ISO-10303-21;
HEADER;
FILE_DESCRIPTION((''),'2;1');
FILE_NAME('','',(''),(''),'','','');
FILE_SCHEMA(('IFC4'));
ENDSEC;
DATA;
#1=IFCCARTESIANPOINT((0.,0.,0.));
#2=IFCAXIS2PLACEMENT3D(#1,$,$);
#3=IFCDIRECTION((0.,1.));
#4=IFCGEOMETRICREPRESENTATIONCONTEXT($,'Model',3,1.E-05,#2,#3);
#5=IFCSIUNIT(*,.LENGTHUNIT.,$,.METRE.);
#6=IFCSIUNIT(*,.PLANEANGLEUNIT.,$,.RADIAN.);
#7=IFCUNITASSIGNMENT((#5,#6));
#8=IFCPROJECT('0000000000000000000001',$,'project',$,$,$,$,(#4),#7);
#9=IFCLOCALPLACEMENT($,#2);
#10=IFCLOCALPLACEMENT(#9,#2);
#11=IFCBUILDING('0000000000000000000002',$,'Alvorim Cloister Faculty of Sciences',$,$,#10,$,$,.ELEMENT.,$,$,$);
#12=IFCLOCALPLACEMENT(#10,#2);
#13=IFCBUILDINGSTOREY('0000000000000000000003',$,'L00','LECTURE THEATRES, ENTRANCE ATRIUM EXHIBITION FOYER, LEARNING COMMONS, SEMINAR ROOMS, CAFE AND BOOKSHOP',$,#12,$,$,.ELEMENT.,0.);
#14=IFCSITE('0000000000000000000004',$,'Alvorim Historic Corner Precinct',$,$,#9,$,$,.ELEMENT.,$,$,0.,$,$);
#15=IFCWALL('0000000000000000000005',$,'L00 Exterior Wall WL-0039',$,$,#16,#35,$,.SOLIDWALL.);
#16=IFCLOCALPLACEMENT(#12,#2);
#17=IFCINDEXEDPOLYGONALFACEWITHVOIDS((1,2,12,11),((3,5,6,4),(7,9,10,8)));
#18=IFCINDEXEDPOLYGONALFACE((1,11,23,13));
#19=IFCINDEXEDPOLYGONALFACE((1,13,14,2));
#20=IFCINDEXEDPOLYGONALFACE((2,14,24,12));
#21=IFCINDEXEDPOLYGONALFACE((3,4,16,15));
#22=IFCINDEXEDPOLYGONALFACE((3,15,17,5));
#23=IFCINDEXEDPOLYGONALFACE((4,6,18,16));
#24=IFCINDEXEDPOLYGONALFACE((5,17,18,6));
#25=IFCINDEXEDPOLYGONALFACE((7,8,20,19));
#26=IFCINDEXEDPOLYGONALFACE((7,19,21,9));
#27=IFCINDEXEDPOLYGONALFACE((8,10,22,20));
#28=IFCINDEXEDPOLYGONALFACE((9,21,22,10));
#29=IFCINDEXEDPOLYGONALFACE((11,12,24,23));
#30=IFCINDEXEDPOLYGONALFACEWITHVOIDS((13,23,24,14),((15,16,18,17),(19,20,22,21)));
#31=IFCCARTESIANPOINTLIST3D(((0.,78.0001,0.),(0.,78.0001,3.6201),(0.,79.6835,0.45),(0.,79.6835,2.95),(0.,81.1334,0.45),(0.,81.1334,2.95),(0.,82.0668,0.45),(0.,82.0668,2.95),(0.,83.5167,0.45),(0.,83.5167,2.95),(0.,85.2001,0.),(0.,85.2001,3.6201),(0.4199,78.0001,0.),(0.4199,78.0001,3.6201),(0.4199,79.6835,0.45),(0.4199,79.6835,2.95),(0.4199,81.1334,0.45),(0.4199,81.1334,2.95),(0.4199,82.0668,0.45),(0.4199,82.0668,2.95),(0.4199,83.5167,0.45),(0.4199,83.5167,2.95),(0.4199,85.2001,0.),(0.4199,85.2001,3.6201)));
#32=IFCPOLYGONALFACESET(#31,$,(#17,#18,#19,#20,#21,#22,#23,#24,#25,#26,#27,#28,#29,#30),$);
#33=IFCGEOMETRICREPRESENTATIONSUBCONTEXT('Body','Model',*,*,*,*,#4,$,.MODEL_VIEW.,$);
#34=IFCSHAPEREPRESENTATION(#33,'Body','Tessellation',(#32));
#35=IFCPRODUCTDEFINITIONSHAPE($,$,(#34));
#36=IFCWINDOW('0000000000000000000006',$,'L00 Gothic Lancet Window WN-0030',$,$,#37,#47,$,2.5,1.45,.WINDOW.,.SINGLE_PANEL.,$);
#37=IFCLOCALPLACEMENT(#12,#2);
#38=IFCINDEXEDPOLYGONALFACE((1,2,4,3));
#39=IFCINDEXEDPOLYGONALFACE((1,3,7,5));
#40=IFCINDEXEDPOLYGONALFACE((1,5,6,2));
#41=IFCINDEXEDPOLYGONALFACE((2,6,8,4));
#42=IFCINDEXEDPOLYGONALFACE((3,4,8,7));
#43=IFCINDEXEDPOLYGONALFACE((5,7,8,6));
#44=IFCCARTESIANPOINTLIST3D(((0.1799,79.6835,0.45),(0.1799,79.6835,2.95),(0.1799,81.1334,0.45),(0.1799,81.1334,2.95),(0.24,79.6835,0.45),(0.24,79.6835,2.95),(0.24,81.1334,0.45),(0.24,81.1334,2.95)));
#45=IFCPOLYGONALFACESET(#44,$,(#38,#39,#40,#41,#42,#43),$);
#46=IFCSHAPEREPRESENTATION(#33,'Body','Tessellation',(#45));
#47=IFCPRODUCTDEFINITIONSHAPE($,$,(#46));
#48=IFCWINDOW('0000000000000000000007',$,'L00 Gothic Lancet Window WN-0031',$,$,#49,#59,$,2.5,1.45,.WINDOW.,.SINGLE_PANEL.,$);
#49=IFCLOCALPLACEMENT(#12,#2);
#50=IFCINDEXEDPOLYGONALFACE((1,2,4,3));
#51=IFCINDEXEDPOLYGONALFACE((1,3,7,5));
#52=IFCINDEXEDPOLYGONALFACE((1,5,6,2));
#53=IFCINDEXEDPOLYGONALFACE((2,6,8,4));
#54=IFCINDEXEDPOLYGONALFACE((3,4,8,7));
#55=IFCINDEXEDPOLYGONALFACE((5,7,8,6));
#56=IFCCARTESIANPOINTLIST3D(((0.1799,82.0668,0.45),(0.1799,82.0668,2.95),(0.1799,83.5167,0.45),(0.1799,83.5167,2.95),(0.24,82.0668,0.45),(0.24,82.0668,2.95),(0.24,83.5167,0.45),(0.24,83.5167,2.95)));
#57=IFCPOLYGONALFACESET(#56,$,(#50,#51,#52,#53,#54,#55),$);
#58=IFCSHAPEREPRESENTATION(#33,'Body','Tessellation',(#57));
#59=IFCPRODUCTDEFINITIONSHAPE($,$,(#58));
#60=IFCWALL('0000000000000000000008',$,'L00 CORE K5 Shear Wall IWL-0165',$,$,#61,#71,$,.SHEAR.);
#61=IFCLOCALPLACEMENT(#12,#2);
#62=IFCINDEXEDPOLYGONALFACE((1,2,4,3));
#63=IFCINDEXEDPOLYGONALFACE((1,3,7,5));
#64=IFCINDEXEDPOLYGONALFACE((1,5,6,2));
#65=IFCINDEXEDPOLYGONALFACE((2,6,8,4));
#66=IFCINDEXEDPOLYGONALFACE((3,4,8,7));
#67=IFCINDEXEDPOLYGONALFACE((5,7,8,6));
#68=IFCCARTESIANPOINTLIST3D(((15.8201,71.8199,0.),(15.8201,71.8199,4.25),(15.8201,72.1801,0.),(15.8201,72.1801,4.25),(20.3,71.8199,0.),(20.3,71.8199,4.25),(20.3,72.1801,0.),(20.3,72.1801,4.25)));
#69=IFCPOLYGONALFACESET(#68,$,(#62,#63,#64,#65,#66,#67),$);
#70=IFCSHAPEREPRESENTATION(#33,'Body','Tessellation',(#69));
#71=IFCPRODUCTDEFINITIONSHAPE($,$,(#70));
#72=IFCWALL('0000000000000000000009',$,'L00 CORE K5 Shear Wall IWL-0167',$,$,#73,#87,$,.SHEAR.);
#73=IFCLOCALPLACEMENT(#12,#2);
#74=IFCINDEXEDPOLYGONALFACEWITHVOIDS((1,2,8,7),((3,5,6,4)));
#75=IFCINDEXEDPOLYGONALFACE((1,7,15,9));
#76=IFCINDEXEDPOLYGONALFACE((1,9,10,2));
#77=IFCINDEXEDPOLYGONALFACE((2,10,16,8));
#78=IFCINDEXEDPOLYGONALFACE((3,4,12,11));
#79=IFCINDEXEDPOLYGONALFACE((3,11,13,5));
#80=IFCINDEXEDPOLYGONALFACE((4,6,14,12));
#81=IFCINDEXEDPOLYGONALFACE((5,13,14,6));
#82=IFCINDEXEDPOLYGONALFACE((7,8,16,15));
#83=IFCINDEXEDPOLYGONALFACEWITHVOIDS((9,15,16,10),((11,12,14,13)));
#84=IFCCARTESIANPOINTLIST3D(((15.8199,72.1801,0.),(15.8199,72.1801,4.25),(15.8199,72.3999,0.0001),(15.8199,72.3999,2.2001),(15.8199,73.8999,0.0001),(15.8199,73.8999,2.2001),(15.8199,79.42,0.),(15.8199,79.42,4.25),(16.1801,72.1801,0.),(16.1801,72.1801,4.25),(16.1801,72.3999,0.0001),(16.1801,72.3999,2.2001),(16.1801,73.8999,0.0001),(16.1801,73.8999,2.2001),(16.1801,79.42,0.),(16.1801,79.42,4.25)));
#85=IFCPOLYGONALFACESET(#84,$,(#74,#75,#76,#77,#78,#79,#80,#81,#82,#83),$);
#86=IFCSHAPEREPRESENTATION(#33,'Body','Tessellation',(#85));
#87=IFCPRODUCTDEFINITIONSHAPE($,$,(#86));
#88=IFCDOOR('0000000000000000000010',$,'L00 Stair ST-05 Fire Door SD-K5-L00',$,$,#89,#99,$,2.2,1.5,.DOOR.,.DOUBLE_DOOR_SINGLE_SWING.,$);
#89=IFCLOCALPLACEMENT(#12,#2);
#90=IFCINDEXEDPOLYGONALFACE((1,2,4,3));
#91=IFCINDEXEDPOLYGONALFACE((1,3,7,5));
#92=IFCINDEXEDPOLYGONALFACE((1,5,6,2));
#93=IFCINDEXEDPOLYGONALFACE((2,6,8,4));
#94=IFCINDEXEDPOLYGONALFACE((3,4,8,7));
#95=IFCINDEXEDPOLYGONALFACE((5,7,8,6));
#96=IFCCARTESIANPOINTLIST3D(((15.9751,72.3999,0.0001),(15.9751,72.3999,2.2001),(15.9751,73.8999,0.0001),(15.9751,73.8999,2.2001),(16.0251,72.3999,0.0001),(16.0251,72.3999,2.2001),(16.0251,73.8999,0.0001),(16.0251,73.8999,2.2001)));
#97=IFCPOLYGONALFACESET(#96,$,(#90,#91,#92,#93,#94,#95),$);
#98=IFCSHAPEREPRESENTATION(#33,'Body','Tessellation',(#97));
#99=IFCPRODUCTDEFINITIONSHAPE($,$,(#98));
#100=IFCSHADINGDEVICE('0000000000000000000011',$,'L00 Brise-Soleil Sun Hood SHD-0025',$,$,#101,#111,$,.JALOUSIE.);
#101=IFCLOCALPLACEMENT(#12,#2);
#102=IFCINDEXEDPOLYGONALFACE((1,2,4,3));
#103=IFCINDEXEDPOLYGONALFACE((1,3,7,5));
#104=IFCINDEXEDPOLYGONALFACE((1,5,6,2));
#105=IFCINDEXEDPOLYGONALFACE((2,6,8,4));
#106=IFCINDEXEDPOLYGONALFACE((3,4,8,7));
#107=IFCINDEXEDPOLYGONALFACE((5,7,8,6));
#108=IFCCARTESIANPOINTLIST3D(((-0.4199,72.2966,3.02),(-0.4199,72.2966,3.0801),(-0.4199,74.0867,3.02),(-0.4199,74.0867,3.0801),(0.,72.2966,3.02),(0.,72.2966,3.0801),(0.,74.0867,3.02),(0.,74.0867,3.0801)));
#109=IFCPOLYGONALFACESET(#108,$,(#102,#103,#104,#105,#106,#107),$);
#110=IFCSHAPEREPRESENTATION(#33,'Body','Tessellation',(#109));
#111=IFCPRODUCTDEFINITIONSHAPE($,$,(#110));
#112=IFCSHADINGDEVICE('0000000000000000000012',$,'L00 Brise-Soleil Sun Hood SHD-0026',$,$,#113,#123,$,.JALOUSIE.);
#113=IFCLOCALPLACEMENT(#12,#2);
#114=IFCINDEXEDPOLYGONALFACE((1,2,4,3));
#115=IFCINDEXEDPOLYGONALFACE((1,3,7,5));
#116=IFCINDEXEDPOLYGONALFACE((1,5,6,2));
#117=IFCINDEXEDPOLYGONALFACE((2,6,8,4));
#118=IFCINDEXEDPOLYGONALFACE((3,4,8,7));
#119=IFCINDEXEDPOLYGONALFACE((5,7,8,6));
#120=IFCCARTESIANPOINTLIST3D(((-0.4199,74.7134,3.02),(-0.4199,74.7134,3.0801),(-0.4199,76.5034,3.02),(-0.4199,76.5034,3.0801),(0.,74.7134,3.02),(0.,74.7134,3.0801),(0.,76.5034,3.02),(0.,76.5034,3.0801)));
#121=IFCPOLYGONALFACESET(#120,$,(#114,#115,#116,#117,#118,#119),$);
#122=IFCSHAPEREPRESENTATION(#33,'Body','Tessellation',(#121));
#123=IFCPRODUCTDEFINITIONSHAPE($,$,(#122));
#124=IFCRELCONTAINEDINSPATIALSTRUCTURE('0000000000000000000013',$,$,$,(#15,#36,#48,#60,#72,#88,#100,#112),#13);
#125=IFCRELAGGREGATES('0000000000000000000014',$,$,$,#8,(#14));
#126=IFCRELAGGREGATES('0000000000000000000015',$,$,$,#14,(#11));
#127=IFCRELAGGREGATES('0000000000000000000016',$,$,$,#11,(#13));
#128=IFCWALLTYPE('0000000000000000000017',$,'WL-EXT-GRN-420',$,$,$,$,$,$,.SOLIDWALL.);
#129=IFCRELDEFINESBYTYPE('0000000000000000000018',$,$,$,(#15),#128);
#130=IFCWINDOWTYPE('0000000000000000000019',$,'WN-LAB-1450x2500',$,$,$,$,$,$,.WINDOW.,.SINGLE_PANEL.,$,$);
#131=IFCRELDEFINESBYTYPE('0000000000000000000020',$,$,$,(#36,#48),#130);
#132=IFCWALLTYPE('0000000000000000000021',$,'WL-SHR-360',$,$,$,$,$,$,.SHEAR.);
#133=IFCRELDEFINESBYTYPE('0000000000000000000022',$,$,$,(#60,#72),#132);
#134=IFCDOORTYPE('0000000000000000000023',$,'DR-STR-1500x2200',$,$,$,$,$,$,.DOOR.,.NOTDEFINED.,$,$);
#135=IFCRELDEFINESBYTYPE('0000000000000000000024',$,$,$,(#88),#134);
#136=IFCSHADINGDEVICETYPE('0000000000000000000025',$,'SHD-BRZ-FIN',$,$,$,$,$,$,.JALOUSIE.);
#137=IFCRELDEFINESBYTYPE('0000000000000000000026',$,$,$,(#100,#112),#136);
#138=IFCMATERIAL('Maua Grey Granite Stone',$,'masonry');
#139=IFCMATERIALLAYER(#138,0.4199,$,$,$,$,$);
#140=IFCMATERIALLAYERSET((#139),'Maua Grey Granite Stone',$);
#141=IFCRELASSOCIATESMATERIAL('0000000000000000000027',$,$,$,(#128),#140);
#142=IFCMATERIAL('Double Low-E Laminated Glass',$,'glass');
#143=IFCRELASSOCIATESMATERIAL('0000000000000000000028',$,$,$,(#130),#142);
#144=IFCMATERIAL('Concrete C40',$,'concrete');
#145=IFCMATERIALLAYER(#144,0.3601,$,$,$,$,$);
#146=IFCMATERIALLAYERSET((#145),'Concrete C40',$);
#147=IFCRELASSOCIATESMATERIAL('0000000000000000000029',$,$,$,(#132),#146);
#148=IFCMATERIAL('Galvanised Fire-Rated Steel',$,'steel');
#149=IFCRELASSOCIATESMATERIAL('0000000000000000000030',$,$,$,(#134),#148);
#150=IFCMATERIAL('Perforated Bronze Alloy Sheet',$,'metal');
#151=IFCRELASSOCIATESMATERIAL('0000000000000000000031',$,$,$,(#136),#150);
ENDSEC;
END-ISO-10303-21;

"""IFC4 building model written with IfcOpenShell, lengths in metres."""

from ifc_helpers import new_model, si_unit, direction, frame, frame_2d, origin, origin_2d, place, context, subcontext, project, spatial, rectangle, extrude, material, layer, layer_set, type_object, element, fill, save


model = new_model("IFC4")

# Units and contexts
model_context = context("Model", 3, precision=1e-05, world=origin(), true_north=direction((0.0, 1.0)))
body_context = subcontext(model_context, "Body", "Model", "MODEL_VIEW")
ifc_project = project(units=[si_unit("LENGTHUNIT", "METRE"), si_unit("PLANEANGLEUNIT", "RADIAN")], contexts=[model_context])

# Site, building, storey
site_placement = place(None, origin())
site = spatial("IfcSite", under=ifc_project, at=site_placement, Name="Alvorim Historic Corner Precinct", CompositionType="ELEMENT", RefElevation=0.0)
building_placement = place(site_placement, origin())
building = spatial("IfcBuilding", under=site, at=building_placement, Name="Alvorim Cloister Faculty of Sciences", CompositionType="ELEMENT")
storey_placement = place(building_placement, origin())
storey = spatial("IfcBuildingStorey", under=building, at=storey_placement, Name="L00", Description="LECTURE THEATRES, ENTRANCE ATRIUM EXHIBITION FOYER, LEARNING COMMONS, SEMINAR ROOMS, CAFE AND BOOKSHOP", CompositionType="ELEMENT", Elevation=0.0)

# Shared definitions
ifc_material_1 = material(Name="Concrete C40", Category="concrete")
ifc_material_2 = material(Name="Maua Grey Granite Stone", Category="masonry")

# Wall, openings, windows
ifc_layer_1 = layer(ifc_material_2, 0.4199)
ifc_layer_set_1 = layer_set([ifc_layer_1], Name="Maua Grey Granite Stone")
wall_type_1 = type_object("IfcWallType", Name="WL-EXT-GRN-420", PredefinedType="SOLIDWALL", material=ifc_layer_set_1)
wall_1_placement = place(storey_placement, frame((0.21, 78.0, 0.0), z_axis=(0.0, 0.0, 1.0), x_axis=(0.0, 1.0, 0.0)))
wall_1 = element("IfcWall", 1, at=wall_1_placement, inside=storey, type_object=wall_type_1, Name="L00 Exterior Wall WL-0039", PredefinedType="SOLIDWALL", context=body_context, shape_type="SweptSolid", body=[
    extrude(rectangle(XDim=7.2, YDim=0.4199, at=frame_2d((3.6001, 0.0))), origin(), (0.0, 0.0, 1.0), 3.6201),
])
opening_1_placement = place(wall_1_placement, frame((1.6833, 0.0, 0.45)))
opening_1 = element("IfcOpeningElement", 2, at=opening_1_placement, cuts=wall_1, PredefinedType="OPENING", context=body_context, shape_type="SweptSolid", body=[
    extrude(rectangle(XDim=1.45, YDim=2.5, at=frame_2d((0.7251, 1.25))), frame((0.0, 0.2219, 0.0), z_axis=(0.0, -1.0, 0.0), x_axis=(1.0, 0.0, 0.0)), (0.0, 0.0, 1.0), 0.4438),
])
opening_2_placement = place(wall_1_placement, frame((4.0667, 0.0, 0.45)))
opening_2 = element("IfcOpeningElement", 3, at=opening_2_placement, cuts=wall_1, PredefinedType="OPENING", context=body_context, shape_type="SweptSolid", body=[
    extrude(rectangle(XDim=1.45, YDim=2.5, at=frame_2d((0.7251, 1.25))), frame((0.0, 0.2219, 0.0), z_axis=(0.0, -1.0, 0.0), x_axis=(1.0, 0.0, 0.0)), (0.0, 0.0, 1.0), 0.4438),
])
ifc_material_3 = material(Name="Double Low-E Laminated Glass", Category="glass")
window_type = type_object("IfcWindowType", Name="WN-LAB-1450x2500", PartitioningType="SINGLE_PANEL", PredefinedType="WINDOW", material=ifc_material_3)
window_1_placement = place(opening_1_placement, origin())
window_1 = element("IfcWindow", 4, at=window_1_placement, inside=storey, type_object=window_type, Name="L00 Gothic Lancet Window WN-0030", OverallHeight=2.5, OverallWidth=1.45, PartitioningType="SINGLE_PANEL", PredefinedType="WINDOW", context=body_context, shape_type="SweptSolid", body=[
    extrude(rectangle(XDim=1.45, YDim=2.5, at=frame_2d((0.7251, 1.25))), frame((0.0, 0.03, 0.0), z_axis=(0.0, -1.0, 0.0), x_axis=(1.0, 0.0, 0.0)), (0.0, 0.0, 1.0), 0.0601),
])
fill(opening_1, window_1)
window_2_placement = place(opening_2_placement, origin())
window_2 = element("IfcWindow", 5, at=window_2_placement, inside=storey, type_object=window_type, Name="L00 Gothic Lancet Window WN-0031", OverallHeight=2.5, OverallWidth=1.45, PartitioningType="SINGLE_PANEL", PredefinedType="WINDOW", context=body_context, shape_type="SweptSolid", body=[
    extrude(rectangle(XDim=1.45, YDim=2.5, at=frame_2d((0.7251, 1.25))), frame((0.0, 0.03, 0.0), z_axis=(0.0, -1.0, 0.0), x_axis=(1.0, 0.0, 0.0)), (0.0, 0.0, 1.0), 0.0601),
])
fill(opening_2, window_2)

# Wall
ifc_layer_2 = layer(ifc_material_1, 0.3601)
ifc_layer_set_2 = layer_set([ifc_layer_2], Name="Concrete C40")
wall_type_2 = type_object("IfcWallType", Name="WL-SHR-360", PredefinedType="SHEAR", material=ifc_layer_set_2)
wall_2_placement = place(storey_placement, frame((15.8201, 72.0, 0.0), z_axis=(0.0, 0.0, 1.0), x_axis=(1.0, 0.0, 0.0)))
element("IfcWall", 6, at=wall_2_placement, inside=storey, type_object=wall_type_2, Name="L00 CORE K5 Shear Wall IWL-0165", PredefinedType="SHEAR", context=body_context, shape_type="SweptSolid", body=[
    extrude(rectangle(XDim=4.48, YDim=0.3601, at=frame_2d((2.24, 0.0))), origin(), (0.0, 0.0, 1.0), 4.25),
])

# Wall, opening, door
wall_3_placement = place(storey_placement, frame((16.0, 72.1799, 0.0), z_axis=(0.0, 0.0, 1.0), x_axis=(0.0, 1.0, 0.0)))
wall_3 = element("IfcWall", 7, at=wall_3_placement, inside=storey, type_object=wall_type_2, Name="L00 CORE K5 Shear Wall IWL-0167", PredefinedType="SHEAR", context=body_context, shape_type="SweptSolid", body=[
    extrude(rectangle(XDim=7.24, YDim=0.3601, at=frame_2d((3.6201, 0.0))), origin(), (0.0, 0.0, 1.0), 4.25),
])
opening_3_placement = place(wall_3_placement, frame((0.22, 0.0, 0.0)))
opening_3 = element("IfcOpeningElement", 8, at=opening_3_placement, cuts=wall_3, PredefinedType="OPENING", context=body_context, shape_type="SweptSolid", body=[
    extrude(rectangle(XDim=1.5, YDim=2.2, at=frame_2d((0.75, 1.1001))), frame((0.0, 0.1919, 0.0), z_axis=(0.0, -1.0, 0.0), x_axis=(1.0, 0.0, 0.0)), (0.0, 0.0, 1.0), 0.384),
])
ifc_material_4 = material(Name="Galvanised Fire-Rated Steel", Category="steel")
door_type = type_object("IfcDoorType", Name="DR-STR-1500x2200", OperationType="NOTDEFINED", PredefinedType="DOOR", material=ifc_material_4)
door_placement = place(opening_3_placement, origin())
door = element("IfcDoor", 9, at=door_placement, inside=storey, type_object=door_type, Name="L00 Stair ST-05 Fire Door SD-K5-L00", OperationType="DOUBLE_DOOR_SINGLE_SWING", OverallHeight=2.2, OverallWidth=1.5, PredefinedType="DOOR", context=body_context, shape_type="SweptSolid", body=[
    extrude(rectangle(XDim=1.5, YDim=2.2, at=frame_2d((0.75, 1.1001))), frame((0.0, 0.0249, 0.0), z_axis=(0.0, -1.0, 0.0), x_axis=(1.0, 0.0, 0.0)), (0.0, 0.0, 1.0), 0.05),
])
fill(opening_3, door)

# Shading devices
ifc_material_5 = material(Name="Perforated Bronze Alloy Sheet", Category="metal")
shading_device_type = type_object("IfcShadingDeviceType", Name="SHD-BRZ-FIN", PredefinedType="JALOUSIE", material=ifc_material_5)
for number, where, z_axis, x_axis, name in (
    (10, (-0.21, 73.1917, 3.02), (0.0, 0.0, 1.0), (1.0, 0.0, 0.0), "L00 Brise-Soleil Sun Hood SHD-0025"),
    (11, (-0.21, 75.6084, 3.02), (0.0, 0.0, 1.0), (1.0, 0.0, 0.0), "L00 Brise-Soleil Sun Hood SHD-0026"),
):
    element("IfcShadingDevice", number, at=place(storey_placement, frame(where, z_axis=z_axis, x_axis=x_axis)), inside=storey, type_object=shading_device_type, Name=name, PredefinedType="JALOUSIE", context=body_context, shape_type="SweptSolid", body=[
        extrude(rectangle(XDim=0.4199, YDim=1.79, at=origin_2d()), origin(), (0.0, 0.0, 1.0), 0.0601),
    ])

save(model, "model.ifc")
